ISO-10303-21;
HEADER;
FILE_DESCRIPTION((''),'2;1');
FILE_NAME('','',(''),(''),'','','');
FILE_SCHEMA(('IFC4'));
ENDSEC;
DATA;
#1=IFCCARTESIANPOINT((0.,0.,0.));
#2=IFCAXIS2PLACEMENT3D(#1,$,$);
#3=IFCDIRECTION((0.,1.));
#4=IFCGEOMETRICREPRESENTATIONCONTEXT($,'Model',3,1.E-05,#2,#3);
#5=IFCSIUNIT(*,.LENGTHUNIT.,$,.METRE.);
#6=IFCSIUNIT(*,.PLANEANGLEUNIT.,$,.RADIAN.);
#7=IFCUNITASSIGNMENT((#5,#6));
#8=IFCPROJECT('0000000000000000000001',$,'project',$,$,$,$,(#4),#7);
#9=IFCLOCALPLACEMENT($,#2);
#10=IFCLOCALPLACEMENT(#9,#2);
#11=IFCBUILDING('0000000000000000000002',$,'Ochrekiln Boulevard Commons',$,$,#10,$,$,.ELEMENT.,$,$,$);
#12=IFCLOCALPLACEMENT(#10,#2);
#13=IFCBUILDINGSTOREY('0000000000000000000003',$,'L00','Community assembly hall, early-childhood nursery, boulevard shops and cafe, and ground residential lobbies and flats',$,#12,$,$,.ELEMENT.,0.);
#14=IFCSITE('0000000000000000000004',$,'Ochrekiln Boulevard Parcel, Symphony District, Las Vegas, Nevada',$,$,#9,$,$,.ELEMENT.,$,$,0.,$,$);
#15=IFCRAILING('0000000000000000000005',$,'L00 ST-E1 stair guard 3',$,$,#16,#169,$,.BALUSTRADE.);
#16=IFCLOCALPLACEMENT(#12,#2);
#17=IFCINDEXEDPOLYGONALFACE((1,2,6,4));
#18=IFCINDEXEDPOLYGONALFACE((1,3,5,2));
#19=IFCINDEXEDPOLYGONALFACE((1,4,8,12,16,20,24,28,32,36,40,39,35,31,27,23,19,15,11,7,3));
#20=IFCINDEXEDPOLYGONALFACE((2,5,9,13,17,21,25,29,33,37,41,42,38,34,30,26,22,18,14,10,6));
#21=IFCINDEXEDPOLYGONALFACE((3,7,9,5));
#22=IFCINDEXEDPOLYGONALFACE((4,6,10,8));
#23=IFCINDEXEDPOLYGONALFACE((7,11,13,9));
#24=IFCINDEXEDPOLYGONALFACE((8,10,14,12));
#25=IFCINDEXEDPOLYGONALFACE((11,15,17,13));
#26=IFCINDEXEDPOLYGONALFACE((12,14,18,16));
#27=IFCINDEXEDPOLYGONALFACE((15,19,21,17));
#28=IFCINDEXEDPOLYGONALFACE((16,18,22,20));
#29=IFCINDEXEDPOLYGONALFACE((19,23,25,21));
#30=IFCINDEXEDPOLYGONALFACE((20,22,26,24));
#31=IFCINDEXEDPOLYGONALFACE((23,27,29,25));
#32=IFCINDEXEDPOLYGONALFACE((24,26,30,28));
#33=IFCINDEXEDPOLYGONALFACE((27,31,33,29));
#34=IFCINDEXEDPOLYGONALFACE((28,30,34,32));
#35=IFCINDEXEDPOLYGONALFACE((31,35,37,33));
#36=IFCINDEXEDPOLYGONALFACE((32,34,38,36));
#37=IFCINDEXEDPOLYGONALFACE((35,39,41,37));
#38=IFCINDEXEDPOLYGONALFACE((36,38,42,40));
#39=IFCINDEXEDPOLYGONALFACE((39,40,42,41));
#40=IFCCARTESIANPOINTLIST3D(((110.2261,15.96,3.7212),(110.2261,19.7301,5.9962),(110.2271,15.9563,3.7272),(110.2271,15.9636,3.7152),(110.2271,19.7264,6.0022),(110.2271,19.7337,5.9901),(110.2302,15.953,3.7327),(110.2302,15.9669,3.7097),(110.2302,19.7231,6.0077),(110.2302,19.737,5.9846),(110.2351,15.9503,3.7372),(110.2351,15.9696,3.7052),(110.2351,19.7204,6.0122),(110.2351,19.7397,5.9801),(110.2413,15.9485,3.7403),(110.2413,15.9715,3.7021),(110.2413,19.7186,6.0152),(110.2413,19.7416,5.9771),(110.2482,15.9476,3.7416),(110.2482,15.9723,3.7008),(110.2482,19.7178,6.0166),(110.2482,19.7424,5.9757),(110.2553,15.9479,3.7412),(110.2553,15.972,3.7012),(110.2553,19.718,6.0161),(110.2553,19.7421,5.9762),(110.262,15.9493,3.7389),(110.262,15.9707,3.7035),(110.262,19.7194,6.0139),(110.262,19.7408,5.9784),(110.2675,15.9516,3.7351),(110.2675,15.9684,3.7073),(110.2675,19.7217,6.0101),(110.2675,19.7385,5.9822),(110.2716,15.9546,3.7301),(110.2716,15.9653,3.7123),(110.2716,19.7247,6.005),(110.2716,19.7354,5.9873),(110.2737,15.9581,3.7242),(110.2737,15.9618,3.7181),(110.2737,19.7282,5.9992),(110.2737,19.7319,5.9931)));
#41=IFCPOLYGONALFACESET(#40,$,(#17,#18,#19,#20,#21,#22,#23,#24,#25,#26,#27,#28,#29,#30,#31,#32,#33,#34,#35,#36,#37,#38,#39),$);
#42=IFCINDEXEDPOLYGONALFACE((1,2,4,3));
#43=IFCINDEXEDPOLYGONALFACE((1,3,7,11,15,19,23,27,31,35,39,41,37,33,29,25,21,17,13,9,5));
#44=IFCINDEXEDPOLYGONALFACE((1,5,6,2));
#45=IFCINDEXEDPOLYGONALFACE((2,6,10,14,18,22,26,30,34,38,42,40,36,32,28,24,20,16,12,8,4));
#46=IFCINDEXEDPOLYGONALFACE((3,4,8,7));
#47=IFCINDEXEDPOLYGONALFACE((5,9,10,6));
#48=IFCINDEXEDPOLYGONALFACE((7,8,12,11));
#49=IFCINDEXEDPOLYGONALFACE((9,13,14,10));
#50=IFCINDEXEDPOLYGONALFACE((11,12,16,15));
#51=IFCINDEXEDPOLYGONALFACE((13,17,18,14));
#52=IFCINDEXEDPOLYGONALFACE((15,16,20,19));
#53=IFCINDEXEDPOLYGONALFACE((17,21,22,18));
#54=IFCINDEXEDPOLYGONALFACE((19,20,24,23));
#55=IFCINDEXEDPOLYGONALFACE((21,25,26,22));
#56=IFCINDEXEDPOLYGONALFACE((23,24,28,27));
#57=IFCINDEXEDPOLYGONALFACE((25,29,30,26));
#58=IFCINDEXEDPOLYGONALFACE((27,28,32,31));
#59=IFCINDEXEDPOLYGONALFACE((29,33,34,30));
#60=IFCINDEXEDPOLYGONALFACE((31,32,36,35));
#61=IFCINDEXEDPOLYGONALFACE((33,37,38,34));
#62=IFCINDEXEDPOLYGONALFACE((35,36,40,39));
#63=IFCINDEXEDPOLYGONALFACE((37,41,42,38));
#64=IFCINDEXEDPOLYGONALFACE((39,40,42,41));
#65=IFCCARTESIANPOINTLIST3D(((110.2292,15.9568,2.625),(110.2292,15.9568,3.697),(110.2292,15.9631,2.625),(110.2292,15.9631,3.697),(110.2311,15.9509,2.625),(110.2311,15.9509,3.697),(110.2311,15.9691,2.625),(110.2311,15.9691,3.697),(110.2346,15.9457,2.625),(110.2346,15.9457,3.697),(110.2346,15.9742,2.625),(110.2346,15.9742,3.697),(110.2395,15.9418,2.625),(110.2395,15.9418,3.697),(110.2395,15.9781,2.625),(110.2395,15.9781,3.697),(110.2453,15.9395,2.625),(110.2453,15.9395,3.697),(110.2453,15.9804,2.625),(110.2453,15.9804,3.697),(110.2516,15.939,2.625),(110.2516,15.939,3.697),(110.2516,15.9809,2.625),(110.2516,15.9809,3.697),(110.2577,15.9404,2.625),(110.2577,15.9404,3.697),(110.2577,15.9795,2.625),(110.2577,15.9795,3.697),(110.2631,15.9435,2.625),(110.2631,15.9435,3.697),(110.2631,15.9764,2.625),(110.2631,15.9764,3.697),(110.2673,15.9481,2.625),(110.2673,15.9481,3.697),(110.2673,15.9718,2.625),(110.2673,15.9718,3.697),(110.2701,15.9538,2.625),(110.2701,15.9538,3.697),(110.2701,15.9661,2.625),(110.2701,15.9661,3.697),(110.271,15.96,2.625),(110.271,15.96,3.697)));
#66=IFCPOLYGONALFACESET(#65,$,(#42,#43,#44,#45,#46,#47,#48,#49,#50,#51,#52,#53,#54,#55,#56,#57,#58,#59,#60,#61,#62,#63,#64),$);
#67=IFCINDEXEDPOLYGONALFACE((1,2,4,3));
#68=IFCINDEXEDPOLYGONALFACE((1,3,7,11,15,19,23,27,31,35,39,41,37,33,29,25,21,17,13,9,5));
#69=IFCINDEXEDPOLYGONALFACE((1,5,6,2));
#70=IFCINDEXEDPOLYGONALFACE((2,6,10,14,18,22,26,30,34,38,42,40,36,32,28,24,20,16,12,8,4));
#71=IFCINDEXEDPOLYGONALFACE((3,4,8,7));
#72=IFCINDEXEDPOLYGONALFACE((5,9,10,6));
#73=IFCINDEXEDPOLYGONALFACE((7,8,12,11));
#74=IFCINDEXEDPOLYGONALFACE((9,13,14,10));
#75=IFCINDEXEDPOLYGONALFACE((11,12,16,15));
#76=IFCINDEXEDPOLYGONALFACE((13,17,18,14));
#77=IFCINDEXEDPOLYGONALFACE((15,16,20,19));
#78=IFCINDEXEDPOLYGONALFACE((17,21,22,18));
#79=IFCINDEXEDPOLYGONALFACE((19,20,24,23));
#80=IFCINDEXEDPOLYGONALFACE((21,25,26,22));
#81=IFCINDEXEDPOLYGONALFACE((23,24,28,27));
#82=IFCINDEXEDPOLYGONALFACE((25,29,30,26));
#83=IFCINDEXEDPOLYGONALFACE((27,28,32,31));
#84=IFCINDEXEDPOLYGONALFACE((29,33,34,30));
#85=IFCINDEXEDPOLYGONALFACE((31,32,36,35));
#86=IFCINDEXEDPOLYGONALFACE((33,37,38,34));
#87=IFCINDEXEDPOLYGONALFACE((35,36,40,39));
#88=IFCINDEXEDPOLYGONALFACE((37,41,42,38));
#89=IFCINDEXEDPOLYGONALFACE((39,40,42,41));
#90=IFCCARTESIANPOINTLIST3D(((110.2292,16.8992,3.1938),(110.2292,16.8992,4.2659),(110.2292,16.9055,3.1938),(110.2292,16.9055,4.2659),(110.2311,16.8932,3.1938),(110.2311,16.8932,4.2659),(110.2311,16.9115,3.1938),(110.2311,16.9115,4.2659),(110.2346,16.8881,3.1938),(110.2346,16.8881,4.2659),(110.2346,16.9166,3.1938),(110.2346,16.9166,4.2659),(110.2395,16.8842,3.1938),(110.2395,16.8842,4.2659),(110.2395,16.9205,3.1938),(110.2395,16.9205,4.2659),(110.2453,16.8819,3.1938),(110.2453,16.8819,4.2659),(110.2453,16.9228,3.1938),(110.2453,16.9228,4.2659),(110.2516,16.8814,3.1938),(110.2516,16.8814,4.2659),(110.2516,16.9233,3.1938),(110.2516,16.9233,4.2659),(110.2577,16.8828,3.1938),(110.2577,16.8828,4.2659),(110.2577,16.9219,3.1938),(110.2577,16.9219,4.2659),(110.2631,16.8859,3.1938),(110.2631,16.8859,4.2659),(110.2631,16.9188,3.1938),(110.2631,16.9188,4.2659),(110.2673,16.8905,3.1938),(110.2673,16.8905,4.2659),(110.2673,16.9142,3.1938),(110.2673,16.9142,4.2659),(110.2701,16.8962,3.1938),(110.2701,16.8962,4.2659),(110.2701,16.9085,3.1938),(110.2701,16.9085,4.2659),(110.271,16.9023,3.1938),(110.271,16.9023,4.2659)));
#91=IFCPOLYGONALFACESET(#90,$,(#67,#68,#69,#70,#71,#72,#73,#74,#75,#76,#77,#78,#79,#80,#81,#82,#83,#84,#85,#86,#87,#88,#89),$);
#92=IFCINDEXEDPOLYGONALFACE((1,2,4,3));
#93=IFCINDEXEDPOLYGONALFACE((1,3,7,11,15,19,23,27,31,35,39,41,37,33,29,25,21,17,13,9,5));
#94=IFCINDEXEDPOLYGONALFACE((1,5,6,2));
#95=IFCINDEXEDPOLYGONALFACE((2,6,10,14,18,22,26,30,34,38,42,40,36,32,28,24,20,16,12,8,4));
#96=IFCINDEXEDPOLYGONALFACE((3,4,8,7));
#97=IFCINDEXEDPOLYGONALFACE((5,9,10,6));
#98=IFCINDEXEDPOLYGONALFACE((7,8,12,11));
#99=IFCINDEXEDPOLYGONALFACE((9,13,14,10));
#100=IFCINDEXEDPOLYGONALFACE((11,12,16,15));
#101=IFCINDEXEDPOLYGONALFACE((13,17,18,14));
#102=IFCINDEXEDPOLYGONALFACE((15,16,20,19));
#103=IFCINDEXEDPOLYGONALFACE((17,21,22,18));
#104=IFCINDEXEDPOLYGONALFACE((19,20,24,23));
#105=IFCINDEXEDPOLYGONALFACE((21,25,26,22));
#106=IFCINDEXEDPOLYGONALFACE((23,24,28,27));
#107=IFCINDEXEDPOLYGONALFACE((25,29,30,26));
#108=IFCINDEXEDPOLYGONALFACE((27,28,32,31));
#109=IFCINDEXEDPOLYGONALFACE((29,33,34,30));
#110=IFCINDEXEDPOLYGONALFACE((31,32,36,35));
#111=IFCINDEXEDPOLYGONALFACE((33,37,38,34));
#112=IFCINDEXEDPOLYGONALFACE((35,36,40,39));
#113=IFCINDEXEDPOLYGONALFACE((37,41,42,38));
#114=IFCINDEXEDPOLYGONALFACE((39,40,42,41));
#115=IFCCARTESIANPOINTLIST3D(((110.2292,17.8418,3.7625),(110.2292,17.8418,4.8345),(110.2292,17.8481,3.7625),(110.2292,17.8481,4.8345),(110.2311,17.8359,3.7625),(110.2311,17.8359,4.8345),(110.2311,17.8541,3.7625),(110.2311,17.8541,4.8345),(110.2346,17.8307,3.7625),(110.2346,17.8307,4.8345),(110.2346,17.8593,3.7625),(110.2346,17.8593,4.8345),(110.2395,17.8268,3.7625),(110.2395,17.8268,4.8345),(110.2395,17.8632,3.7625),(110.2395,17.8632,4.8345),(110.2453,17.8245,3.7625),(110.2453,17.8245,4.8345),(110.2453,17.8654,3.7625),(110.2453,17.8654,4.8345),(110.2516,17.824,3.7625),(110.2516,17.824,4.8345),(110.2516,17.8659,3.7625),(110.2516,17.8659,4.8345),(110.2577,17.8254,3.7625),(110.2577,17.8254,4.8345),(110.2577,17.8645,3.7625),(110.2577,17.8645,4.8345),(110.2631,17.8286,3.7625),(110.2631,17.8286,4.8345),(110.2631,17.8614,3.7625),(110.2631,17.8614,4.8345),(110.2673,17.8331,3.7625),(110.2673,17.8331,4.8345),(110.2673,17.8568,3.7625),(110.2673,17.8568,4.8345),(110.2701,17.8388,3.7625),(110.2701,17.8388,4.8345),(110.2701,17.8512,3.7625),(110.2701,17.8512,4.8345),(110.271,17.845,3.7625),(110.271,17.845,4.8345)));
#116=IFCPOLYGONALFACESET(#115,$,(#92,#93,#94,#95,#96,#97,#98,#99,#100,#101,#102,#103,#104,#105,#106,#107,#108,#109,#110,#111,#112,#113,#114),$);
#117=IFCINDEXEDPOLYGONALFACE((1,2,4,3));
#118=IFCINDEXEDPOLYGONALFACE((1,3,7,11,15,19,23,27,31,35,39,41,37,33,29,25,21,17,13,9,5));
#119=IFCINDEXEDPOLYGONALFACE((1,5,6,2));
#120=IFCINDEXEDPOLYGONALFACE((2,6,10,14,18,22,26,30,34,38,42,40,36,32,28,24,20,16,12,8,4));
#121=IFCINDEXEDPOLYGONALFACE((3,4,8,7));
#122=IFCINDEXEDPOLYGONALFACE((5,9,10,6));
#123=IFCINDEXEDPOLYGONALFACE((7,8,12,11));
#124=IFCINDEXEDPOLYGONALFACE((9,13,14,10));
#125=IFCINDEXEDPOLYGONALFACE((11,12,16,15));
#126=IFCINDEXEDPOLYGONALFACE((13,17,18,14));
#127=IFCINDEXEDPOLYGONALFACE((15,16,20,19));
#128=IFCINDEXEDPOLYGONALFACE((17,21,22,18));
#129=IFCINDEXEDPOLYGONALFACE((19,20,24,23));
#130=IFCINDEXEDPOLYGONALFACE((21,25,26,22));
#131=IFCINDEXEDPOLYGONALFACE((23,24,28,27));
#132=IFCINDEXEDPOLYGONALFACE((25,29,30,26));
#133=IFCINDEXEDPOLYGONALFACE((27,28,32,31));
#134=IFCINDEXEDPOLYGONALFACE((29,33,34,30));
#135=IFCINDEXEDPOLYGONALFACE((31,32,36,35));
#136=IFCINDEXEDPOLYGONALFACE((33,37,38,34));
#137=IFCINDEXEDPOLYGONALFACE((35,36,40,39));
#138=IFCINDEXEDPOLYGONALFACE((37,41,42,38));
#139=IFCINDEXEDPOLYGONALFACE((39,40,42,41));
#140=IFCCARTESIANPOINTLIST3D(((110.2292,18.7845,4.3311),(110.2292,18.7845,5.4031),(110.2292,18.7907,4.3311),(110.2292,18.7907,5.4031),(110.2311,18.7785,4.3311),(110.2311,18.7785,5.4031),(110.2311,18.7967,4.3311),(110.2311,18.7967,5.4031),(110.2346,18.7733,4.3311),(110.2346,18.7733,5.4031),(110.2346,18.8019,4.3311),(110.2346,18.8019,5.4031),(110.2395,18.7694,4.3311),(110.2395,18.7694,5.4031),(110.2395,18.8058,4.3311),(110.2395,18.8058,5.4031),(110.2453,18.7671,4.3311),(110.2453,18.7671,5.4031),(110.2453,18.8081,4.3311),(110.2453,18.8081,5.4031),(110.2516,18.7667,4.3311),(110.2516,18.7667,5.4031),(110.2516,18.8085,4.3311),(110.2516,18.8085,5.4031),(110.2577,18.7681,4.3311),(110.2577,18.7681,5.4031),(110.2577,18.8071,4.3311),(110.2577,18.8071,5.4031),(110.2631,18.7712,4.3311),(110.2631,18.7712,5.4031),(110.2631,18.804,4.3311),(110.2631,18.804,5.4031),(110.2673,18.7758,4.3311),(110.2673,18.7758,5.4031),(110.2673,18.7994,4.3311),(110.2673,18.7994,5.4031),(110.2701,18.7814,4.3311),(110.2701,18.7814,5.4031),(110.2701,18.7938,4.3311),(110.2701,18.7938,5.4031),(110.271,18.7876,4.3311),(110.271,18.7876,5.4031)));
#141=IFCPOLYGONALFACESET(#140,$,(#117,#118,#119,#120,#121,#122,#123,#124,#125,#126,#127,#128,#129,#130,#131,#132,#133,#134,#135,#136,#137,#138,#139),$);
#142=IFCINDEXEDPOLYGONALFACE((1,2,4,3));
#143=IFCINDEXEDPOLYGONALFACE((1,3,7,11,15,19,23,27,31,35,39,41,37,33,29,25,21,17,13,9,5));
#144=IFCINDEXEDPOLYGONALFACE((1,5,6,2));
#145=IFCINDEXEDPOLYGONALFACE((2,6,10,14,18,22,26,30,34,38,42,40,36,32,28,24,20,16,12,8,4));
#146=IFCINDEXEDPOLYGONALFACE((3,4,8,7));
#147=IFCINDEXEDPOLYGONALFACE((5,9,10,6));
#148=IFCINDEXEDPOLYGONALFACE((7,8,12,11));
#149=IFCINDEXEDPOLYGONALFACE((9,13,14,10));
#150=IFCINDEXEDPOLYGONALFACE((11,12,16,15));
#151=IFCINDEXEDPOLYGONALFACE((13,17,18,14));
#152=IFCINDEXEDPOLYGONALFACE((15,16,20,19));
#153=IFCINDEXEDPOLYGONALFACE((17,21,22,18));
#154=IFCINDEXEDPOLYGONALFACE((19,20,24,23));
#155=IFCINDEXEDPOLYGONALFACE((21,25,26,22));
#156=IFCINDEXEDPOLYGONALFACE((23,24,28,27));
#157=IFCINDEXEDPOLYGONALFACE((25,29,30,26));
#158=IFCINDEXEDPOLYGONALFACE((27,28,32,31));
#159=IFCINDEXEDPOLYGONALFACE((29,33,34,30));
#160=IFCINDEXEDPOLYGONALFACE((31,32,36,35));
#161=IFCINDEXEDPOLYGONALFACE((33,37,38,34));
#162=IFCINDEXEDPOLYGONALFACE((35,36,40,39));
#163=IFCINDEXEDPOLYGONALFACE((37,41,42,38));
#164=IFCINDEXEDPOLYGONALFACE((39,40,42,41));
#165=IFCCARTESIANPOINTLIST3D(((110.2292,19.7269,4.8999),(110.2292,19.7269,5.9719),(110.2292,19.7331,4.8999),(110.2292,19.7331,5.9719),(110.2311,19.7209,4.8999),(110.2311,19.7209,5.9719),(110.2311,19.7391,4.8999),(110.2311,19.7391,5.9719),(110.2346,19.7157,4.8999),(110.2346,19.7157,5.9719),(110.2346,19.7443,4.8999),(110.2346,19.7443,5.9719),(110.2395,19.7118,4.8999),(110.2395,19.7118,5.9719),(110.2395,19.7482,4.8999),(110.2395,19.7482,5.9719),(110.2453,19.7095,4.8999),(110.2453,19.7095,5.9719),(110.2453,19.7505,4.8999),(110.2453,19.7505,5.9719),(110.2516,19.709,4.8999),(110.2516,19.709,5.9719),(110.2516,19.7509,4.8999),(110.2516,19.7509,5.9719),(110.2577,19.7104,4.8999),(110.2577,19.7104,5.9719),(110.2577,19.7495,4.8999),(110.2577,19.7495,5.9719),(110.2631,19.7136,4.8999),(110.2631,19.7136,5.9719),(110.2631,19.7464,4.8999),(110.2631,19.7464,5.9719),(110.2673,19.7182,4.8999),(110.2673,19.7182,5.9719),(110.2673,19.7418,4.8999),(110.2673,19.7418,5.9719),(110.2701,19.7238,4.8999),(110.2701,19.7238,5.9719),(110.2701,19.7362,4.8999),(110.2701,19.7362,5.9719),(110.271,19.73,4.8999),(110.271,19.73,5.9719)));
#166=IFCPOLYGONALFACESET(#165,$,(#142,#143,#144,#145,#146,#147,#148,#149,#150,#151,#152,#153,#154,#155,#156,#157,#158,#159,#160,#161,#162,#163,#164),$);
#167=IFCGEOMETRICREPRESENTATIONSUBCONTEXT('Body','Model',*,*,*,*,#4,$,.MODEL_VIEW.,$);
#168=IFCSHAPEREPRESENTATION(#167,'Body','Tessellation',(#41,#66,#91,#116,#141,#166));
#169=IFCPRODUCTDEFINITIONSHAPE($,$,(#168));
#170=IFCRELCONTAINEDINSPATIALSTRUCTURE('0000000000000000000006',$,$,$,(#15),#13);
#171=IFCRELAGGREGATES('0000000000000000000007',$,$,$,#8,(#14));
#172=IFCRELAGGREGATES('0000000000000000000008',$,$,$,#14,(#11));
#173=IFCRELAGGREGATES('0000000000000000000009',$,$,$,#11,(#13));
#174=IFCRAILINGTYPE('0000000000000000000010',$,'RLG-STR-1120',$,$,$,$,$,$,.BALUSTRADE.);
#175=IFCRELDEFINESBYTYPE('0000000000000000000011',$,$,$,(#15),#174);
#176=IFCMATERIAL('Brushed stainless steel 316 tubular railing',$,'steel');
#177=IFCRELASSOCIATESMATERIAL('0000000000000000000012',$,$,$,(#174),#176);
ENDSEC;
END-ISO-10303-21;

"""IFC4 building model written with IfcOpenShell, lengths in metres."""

from ifc_helpers import new_model, si_unit, direction, frame, origin, origin_2d, place, context, subcontext, project, spatial, circle, extrude, material, type_object, element, save


model = new_model("IFC4")

# Units and contexts
model_context = context("Model", 3, precision=1e-05, world=origin(), true_north=direction((0.0, 1.0)))
body_context = subcontext(model_context, "Body", "Model", "MODEL_VIEW")
ifc_project = project(units=[si_unit("LENGTHUNIT", "METRE"), si_unit("PLANEANGLEUNIT", "RADIAN")], contexts=[model_context])

# Site, building, storey
site_placement = place(None, origin())
site = spatial("IfcSite", under=ifc_project, at=site_placement, Name="Ochrekiln Boulevard Parcel, Symphony District, Las Vegas, Nevada", CompositionType="ELEMENT", RefElevation=0.0)
building_placement = place(site_placement, origin())
building = spatial("IfcBuilding", under=site, at=building_placement, Name="Ochrekiln Boulevard Commons", CompositionType="ELEMENT")
storey_placement = place(building_placement, origin())
storey = spatial("IfcBuildingStorey", under=building, at=storey_placement, Name="L00", Description="Community assembly hall, early-childhood nursery, boulevard shops and cafe, and ground residential lobbies and flats", CompositionType="ELEMENT", Elevation=0.0)

# Railing
ifc_material_1 = material(Name="Brushed stainless steel 316 tubular railing", Category="steel")
railing_type_1 = type_object("IfcRailingType", Name="RLG-STR-1120", PredefinedType="BALUSTRADE", material=ifc_material_1)
railing_1_placement = place(storey_placement, frame((110.25, 15.96, 2.625)))
element("IfcRailing", 1, at=railing_1_placement, inside=storey, type_object=railing_type_1, Name="L00 ST-E1 stair guard 3", PredefinedType="BALUSTRADE", context=body_context, shape_type="SweptSolid", body=[
    extrude(circle(Radius=0.0239, at=origin_2d()), frame((0.0, 0.0, 1.0962), z_axis=(0.0, 0.856199, 0.516647), x_axis=(-1.0, 0.0, 0.0)), (0.0, 0.0, 1.0), 4.4033),
    extrude(circle(Radius=0.021, at=origin_2d()), origin(), (0.0, 0.0, 1.0), 1.072),
    extrude(circle(Radius=0.021, at=origin_2d()), frame((0.0, 0.9424, 0.5688)), (0.0, 0.0, 1.0), 1.072),
    extrude(circle(Radius=0.021, at=origin_2d()), frame((0.0, 1.885, 1.1375)), (0.0, 0.0, 1.0), 1.072),
    extrude(circle(Radius=0.021, at=origin_2d()), frame((0.0, 2.8276, 1.7061)), (0.0, 0.0, 1.0), 1.072),
    extrude(circle(Radius=0.021, at=origin_2d()), frame((0.0, 3.77, 2.2749)), (0.0, 0.0, 1.0), 1.072),
])

save(model, "model.ifc")
